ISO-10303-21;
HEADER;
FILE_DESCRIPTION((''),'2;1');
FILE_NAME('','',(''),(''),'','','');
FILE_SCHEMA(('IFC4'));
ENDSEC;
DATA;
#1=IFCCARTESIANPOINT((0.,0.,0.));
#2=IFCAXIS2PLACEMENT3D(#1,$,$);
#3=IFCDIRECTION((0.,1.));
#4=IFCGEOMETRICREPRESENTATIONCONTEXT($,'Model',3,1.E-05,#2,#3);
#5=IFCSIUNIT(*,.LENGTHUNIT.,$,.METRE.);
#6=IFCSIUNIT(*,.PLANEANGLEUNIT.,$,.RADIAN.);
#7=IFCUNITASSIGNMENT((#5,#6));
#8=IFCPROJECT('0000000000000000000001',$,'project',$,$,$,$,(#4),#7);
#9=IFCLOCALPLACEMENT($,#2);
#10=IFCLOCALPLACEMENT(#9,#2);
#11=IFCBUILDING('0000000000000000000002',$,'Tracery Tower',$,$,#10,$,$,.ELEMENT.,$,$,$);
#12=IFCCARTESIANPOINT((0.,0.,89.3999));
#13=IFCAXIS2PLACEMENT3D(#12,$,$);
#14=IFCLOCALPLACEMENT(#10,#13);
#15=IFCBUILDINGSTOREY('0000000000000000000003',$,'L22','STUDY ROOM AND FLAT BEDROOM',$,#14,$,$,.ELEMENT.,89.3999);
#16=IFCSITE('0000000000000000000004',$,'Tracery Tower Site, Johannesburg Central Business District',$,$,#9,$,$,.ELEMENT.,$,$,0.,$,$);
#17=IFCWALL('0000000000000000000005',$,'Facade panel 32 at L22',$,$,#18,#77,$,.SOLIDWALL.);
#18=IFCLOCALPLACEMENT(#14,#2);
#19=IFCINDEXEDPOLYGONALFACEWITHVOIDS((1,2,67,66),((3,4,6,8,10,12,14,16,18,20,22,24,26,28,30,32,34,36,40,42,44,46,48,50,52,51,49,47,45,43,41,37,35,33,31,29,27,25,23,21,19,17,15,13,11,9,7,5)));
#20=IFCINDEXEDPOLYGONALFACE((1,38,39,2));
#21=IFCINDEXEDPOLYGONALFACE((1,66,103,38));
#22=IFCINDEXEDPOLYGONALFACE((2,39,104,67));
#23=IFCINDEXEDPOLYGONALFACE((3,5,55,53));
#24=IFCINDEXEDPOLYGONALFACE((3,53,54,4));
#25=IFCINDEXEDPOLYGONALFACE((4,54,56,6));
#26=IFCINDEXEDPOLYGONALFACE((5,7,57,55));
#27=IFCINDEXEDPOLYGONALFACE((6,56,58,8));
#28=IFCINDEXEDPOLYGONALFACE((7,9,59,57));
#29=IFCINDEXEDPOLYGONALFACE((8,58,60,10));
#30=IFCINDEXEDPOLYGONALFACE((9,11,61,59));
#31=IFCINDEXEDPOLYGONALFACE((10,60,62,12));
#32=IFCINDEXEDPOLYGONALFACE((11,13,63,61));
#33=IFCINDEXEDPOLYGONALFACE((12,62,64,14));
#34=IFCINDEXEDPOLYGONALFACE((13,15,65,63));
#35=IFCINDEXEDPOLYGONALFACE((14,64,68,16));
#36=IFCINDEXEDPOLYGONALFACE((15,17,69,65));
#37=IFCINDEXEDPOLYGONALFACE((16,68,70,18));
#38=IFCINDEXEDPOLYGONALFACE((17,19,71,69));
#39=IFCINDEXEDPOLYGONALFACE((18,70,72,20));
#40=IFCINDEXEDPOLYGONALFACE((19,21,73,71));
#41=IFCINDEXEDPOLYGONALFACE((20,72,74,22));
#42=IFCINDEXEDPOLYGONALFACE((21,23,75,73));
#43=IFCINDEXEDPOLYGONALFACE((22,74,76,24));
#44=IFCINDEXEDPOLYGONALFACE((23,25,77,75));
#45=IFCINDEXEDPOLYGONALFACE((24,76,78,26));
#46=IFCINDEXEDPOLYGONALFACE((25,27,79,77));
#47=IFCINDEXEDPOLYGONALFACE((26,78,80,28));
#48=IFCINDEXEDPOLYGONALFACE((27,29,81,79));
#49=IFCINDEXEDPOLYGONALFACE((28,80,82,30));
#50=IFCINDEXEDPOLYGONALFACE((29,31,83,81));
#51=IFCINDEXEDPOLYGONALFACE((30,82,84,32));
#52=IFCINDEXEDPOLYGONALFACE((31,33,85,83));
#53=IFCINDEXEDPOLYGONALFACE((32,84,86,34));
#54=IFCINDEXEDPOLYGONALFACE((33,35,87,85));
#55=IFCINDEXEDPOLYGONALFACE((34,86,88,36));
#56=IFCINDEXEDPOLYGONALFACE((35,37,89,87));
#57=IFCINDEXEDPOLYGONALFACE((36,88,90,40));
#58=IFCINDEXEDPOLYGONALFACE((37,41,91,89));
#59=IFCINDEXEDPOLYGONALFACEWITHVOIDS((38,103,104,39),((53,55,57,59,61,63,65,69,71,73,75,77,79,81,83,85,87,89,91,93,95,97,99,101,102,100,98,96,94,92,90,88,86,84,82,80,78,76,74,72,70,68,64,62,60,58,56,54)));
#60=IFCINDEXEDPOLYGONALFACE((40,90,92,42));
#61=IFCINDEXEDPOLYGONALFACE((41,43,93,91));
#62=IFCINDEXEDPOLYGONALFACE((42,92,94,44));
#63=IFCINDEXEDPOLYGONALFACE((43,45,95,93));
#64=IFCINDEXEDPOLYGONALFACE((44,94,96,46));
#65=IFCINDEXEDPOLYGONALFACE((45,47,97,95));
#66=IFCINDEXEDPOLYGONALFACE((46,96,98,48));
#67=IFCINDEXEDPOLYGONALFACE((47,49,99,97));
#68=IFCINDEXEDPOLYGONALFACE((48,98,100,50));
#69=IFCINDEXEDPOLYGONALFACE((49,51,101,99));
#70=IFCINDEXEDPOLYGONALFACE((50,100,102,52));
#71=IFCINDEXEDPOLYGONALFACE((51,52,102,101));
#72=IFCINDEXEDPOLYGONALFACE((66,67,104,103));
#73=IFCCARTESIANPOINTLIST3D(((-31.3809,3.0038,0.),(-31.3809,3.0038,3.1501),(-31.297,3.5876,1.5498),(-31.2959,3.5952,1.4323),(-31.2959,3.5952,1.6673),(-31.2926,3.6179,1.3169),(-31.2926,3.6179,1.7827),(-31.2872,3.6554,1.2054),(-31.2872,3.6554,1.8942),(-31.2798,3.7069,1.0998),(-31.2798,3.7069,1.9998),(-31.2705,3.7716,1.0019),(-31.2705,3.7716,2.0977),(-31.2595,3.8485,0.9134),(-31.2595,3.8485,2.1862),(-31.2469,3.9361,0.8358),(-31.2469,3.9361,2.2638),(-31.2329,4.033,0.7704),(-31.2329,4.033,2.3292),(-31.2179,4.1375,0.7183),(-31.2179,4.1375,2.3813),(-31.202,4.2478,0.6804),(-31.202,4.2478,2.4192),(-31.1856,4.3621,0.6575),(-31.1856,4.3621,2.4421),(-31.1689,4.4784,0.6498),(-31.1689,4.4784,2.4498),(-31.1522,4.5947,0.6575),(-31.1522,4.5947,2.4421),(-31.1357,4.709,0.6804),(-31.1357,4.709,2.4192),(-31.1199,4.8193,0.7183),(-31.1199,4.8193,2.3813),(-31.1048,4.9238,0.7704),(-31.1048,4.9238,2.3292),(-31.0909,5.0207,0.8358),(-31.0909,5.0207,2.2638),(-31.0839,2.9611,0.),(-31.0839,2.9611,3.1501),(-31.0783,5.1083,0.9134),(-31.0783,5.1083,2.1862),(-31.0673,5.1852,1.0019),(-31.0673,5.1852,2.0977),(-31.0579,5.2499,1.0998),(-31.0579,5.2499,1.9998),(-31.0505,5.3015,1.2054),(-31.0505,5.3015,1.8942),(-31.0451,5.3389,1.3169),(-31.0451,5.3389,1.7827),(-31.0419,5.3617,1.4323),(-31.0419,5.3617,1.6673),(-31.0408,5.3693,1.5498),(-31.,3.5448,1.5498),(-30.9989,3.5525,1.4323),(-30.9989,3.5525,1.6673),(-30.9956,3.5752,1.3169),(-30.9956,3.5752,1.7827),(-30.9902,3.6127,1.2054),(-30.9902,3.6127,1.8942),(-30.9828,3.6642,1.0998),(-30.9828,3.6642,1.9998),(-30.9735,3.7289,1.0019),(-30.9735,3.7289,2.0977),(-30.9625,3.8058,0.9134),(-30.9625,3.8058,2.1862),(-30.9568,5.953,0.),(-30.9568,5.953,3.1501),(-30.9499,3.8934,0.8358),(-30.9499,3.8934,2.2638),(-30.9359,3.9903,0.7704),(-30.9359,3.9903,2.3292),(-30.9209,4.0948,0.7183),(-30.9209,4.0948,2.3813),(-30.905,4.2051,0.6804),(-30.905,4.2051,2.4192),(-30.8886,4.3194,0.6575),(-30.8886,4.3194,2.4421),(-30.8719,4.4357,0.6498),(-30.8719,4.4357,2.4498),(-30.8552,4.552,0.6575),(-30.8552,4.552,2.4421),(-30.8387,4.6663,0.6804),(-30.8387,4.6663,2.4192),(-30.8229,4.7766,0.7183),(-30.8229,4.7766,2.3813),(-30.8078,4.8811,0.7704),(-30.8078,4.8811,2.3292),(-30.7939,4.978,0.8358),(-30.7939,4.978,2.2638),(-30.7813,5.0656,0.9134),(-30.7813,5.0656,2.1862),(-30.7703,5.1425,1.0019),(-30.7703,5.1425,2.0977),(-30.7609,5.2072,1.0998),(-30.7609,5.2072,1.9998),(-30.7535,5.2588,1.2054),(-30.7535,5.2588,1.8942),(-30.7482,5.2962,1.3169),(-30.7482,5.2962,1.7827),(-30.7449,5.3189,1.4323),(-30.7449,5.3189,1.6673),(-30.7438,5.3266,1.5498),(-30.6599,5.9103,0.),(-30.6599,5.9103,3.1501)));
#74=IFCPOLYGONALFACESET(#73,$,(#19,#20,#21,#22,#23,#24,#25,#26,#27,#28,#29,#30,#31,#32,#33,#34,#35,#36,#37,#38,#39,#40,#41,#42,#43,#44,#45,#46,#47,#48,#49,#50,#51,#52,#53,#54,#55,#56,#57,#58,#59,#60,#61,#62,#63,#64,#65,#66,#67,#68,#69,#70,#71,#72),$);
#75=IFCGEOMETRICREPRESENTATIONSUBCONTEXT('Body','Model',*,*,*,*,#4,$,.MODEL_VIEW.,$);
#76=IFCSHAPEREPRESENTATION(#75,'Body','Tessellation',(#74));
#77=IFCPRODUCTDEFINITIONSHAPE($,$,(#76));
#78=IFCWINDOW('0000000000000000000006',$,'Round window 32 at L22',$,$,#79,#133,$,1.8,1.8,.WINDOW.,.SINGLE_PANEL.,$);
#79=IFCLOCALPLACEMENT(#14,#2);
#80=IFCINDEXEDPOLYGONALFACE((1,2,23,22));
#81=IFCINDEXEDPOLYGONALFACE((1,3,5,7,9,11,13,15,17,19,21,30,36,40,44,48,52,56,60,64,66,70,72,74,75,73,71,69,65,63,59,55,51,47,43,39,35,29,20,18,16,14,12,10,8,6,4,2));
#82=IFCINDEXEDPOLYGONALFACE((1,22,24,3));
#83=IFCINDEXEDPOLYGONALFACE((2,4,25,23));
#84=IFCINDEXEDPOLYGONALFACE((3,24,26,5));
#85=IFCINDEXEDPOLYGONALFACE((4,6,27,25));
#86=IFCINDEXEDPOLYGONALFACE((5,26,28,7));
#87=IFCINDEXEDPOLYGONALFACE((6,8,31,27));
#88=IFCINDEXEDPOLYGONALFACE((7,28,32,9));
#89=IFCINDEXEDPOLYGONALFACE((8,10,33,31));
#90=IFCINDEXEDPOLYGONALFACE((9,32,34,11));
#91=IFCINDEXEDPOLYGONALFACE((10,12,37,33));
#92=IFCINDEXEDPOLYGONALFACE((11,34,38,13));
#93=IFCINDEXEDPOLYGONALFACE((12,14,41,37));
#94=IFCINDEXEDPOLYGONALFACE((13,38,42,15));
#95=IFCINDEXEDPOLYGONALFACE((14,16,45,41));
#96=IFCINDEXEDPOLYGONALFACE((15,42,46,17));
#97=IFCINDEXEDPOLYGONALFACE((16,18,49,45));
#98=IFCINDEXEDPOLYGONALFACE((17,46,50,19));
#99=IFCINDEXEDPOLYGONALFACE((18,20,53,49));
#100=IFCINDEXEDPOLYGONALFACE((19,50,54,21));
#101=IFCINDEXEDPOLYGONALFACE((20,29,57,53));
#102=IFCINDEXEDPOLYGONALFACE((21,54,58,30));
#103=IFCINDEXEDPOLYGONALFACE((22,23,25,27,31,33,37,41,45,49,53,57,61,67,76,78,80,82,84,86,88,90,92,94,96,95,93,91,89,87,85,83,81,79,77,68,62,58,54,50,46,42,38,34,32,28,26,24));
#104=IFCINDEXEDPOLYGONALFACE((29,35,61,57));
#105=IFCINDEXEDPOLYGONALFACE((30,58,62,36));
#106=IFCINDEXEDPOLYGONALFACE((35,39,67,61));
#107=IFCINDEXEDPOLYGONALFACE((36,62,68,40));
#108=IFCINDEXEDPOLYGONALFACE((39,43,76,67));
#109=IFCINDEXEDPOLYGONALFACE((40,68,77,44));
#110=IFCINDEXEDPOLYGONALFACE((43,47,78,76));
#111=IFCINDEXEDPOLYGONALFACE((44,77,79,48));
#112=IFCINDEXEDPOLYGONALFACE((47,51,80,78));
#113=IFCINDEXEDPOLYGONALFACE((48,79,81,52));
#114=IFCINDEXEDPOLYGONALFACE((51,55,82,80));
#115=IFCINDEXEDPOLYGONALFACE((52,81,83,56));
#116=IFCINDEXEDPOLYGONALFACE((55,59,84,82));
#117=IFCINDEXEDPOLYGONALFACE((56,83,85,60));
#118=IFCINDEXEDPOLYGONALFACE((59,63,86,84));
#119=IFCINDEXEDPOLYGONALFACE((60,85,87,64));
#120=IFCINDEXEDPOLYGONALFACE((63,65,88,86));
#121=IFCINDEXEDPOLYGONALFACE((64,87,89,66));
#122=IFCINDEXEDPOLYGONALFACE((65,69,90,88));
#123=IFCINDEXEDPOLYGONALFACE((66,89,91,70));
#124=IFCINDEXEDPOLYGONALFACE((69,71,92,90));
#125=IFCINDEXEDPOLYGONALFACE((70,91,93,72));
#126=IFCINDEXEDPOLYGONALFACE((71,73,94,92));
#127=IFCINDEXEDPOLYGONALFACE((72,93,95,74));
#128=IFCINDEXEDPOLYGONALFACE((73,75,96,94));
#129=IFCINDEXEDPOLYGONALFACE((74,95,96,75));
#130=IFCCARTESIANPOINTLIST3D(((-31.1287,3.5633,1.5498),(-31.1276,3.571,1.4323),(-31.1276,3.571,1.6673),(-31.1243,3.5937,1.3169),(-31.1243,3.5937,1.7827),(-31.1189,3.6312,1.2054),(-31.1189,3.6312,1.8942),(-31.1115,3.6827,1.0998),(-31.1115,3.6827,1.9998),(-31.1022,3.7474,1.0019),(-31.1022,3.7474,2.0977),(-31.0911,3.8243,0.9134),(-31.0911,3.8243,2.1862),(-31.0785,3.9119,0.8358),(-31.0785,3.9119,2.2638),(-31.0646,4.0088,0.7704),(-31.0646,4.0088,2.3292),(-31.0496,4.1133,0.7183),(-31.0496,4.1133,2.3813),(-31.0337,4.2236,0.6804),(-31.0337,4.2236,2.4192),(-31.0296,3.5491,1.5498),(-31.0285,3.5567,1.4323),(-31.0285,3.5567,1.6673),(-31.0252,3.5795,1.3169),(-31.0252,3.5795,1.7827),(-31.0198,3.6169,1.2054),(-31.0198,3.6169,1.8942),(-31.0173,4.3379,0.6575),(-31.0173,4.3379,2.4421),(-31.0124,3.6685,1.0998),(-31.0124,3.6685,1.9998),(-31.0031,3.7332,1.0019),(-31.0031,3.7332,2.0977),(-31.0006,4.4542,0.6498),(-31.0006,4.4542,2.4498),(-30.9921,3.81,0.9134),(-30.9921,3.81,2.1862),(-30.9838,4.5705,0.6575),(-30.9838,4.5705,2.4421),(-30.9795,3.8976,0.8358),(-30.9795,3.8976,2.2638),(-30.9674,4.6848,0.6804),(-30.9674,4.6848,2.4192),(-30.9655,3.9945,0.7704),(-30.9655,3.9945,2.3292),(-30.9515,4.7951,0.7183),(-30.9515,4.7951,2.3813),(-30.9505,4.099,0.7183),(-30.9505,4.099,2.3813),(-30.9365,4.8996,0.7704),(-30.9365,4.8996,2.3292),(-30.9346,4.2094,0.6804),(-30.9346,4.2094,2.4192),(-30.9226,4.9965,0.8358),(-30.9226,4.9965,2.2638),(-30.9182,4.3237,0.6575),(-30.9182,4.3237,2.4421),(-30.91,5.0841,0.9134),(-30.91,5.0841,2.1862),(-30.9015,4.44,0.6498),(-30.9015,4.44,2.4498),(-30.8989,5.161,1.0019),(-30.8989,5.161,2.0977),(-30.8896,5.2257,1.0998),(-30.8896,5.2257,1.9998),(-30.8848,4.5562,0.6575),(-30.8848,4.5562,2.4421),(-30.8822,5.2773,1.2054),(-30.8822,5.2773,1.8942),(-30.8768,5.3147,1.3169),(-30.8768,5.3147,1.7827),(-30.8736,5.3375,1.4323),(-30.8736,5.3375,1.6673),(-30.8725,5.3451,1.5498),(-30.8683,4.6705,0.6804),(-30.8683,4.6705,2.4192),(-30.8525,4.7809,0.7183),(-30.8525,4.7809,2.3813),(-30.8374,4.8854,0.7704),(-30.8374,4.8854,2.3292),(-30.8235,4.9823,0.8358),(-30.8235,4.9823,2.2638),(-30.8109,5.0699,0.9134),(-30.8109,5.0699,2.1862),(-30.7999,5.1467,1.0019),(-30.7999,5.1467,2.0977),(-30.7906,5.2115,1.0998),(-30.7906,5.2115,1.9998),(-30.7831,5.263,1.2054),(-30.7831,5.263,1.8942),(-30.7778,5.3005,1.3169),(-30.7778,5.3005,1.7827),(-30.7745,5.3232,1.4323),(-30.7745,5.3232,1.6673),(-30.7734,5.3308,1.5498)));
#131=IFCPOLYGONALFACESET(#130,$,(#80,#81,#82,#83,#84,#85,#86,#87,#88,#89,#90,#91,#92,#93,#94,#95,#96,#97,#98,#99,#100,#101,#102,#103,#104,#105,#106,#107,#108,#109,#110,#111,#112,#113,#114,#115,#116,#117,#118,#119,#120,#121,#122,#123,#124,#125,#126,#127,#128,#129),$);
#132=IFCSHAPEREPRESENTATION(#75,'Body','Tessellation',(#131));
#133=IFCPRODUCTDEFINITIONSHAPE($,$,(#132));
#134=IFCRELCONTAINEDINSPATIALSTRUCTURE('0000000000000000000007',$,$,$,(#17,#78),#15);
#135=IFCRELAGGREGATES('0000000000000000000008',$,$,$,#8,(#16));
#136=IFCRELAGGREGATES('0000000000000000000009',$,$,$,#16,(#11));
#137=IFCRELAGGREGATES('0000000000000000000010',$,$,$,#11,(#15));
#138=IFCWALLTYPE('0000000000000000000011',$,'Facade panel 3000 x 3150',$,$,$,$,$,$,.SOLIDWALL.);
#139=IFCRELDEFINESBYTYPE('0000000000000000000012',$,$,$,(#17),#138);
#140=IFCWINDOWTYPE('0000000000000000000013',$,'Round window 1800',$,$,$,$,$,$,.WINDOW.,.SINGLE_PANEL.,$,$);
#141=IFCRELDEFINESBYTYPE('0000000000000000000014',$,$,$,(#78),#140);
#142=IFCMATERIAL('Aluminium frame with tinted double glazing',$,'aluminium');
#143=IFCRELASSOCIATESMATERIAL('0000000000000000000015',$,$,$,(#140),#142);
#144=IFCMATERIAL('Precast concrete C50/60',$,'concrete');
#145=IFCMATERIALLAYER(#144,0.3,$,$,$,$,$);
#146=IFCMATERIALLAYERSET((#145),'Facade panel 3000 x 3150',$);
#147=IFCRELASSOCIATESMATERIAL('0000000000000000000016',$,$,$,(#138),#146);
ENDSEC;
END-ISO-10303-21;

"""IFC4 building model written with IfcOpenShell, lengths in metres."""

from ifc_helpers import new_model, si_unit, direction, frame, frame_2d, origin, origin_2d, place, context, subcontext, project, spatial, rectangle, circle, extrude, material, layer, layer_set, type_object, element, fill, save


model = new_model("IFC4")

# Units and contexts
model_context = context("Model", 3, precision=1e-05, world=origin(), true_north=direction((0.0, 1.0)))
body_context = subcontext(model_context, "Body", "Model", "MODEL_VIEW")
ifc_project = project(units=[si_unit("LENGTHUNIT", "METRE"), si_unit("PLANEANGLEUNIT", "RADIAN")], contexts=[model_context])

# Site, building, storey
site_placement = place(None, origin())
site = spatial("IfcSite", under=ifc_project, at=site_placement, Name="Tracery Tower Site, Johannesburg Central Business District", CompositionType="ELEMENT", RefElevation=0.0)
building_placement = place(site_placement, origin())
building = spatial("IfcBuilding", under=site, at=building_placement, Name="Tracery Tower", CompositionType="ELEMENT")
storey_placement = place(building_placement, frame((0.0, 0.0, 89.3999)))
storey = spatial("IfcBuildingStorey", under=building, at=storey_placement, Name="L22", Description="STUDY ROOM AND FLAT BEDROOM", CompositionType="ELEMENT", Elevation=89.3999)

# Wall, opening, window
ifc_material_1 = material(Name="Aluminium frame with tinted double glazing", Category="aluminium")
window_type = type_object("IfcWindowType", Name="Round window 1800", PartitioningType="SINGLE_PANEL", PredefinedType="WINDOW", material=ifc_material_1)
ifc_material_2 = material(Name="Precast concrete C50/60", Category="concrete")
ifc_layer_1 = layer(ifc_material_2, 0.3)
ifc_layer_set_1 = layer_set([ifc_layer_1], Name="Facade panel 3000 x 3150")
wall_type_1 = type_object("IfcWallType", Name="Facade panel 3000 x 3150", PredefinedType="SOLIDWALL", material=ifc_layer_set_1)
wall_1_placement = place(storey_placement, frame((-30.8083, 5.9316, 0.0), z_axis=(0.0, 0.0, 1.0), x_axis=(-0.142328, -0.98982, 0.0)))
wall_1 = element("IfcWall", 1, at=wall_1_placement, inside=storey, type_object=wall_type_1, Name="Facade panel 32 at L22", PredefinedType="SOLIDWALL", context=body_context, shape_type="SweptSolid", body=[
    extrude(rectangle(XDim=2.9795, YDim=0.3, at=frame_2d((1.4897, 0.0))), origin(), (0.0, 0.0, 1.0), 3.1501),
])
opening_1_placement = place(wall_1_placement, frame((1.4897, 0.0, 1.5498)))
opening_1 = element("IfcOpeningElement", 2, at=opening_1_placement, cuts=wall_1, PredefinedType="OPENING", context=body_context, shape_type="SweptSolid", body=[
    extrude(circle(Radius=0.9, at=origin_2d()), frame((0.0, 0.1599, 0.0), z_axis=(0.0, -1.0, 0.0), x_axis=(1.0, 0.0, 0.0)), (0.0, 0.0, 1.0), 0.3201),
])
window_1_placement = place(opening_1_placement, origin())
window_1 = element("IfcWindow", 3, at=window_1_placement, inside=storey, type_object=window_type, Name="Round window 32 at L22", OverallHeight=1.8, OverallWidth=1.8, PartitioningType="SINGLE_PANEL", PredefinedType="WINDOW", context=body_context, shape_type="SweptSolid", body=[
    extrude(circle(Radius=0.9, at=origin_2d()), frame((0.0, 0.1201, 0.0), z_axis=(0.0, -1.0, 0.0), x_axis=(1.0, 0.0, 0.0)), (0.0, 0.0, 1.0), 0.1001),
])
fill(opening_1, window_1)

save(model, "model.ifc")
